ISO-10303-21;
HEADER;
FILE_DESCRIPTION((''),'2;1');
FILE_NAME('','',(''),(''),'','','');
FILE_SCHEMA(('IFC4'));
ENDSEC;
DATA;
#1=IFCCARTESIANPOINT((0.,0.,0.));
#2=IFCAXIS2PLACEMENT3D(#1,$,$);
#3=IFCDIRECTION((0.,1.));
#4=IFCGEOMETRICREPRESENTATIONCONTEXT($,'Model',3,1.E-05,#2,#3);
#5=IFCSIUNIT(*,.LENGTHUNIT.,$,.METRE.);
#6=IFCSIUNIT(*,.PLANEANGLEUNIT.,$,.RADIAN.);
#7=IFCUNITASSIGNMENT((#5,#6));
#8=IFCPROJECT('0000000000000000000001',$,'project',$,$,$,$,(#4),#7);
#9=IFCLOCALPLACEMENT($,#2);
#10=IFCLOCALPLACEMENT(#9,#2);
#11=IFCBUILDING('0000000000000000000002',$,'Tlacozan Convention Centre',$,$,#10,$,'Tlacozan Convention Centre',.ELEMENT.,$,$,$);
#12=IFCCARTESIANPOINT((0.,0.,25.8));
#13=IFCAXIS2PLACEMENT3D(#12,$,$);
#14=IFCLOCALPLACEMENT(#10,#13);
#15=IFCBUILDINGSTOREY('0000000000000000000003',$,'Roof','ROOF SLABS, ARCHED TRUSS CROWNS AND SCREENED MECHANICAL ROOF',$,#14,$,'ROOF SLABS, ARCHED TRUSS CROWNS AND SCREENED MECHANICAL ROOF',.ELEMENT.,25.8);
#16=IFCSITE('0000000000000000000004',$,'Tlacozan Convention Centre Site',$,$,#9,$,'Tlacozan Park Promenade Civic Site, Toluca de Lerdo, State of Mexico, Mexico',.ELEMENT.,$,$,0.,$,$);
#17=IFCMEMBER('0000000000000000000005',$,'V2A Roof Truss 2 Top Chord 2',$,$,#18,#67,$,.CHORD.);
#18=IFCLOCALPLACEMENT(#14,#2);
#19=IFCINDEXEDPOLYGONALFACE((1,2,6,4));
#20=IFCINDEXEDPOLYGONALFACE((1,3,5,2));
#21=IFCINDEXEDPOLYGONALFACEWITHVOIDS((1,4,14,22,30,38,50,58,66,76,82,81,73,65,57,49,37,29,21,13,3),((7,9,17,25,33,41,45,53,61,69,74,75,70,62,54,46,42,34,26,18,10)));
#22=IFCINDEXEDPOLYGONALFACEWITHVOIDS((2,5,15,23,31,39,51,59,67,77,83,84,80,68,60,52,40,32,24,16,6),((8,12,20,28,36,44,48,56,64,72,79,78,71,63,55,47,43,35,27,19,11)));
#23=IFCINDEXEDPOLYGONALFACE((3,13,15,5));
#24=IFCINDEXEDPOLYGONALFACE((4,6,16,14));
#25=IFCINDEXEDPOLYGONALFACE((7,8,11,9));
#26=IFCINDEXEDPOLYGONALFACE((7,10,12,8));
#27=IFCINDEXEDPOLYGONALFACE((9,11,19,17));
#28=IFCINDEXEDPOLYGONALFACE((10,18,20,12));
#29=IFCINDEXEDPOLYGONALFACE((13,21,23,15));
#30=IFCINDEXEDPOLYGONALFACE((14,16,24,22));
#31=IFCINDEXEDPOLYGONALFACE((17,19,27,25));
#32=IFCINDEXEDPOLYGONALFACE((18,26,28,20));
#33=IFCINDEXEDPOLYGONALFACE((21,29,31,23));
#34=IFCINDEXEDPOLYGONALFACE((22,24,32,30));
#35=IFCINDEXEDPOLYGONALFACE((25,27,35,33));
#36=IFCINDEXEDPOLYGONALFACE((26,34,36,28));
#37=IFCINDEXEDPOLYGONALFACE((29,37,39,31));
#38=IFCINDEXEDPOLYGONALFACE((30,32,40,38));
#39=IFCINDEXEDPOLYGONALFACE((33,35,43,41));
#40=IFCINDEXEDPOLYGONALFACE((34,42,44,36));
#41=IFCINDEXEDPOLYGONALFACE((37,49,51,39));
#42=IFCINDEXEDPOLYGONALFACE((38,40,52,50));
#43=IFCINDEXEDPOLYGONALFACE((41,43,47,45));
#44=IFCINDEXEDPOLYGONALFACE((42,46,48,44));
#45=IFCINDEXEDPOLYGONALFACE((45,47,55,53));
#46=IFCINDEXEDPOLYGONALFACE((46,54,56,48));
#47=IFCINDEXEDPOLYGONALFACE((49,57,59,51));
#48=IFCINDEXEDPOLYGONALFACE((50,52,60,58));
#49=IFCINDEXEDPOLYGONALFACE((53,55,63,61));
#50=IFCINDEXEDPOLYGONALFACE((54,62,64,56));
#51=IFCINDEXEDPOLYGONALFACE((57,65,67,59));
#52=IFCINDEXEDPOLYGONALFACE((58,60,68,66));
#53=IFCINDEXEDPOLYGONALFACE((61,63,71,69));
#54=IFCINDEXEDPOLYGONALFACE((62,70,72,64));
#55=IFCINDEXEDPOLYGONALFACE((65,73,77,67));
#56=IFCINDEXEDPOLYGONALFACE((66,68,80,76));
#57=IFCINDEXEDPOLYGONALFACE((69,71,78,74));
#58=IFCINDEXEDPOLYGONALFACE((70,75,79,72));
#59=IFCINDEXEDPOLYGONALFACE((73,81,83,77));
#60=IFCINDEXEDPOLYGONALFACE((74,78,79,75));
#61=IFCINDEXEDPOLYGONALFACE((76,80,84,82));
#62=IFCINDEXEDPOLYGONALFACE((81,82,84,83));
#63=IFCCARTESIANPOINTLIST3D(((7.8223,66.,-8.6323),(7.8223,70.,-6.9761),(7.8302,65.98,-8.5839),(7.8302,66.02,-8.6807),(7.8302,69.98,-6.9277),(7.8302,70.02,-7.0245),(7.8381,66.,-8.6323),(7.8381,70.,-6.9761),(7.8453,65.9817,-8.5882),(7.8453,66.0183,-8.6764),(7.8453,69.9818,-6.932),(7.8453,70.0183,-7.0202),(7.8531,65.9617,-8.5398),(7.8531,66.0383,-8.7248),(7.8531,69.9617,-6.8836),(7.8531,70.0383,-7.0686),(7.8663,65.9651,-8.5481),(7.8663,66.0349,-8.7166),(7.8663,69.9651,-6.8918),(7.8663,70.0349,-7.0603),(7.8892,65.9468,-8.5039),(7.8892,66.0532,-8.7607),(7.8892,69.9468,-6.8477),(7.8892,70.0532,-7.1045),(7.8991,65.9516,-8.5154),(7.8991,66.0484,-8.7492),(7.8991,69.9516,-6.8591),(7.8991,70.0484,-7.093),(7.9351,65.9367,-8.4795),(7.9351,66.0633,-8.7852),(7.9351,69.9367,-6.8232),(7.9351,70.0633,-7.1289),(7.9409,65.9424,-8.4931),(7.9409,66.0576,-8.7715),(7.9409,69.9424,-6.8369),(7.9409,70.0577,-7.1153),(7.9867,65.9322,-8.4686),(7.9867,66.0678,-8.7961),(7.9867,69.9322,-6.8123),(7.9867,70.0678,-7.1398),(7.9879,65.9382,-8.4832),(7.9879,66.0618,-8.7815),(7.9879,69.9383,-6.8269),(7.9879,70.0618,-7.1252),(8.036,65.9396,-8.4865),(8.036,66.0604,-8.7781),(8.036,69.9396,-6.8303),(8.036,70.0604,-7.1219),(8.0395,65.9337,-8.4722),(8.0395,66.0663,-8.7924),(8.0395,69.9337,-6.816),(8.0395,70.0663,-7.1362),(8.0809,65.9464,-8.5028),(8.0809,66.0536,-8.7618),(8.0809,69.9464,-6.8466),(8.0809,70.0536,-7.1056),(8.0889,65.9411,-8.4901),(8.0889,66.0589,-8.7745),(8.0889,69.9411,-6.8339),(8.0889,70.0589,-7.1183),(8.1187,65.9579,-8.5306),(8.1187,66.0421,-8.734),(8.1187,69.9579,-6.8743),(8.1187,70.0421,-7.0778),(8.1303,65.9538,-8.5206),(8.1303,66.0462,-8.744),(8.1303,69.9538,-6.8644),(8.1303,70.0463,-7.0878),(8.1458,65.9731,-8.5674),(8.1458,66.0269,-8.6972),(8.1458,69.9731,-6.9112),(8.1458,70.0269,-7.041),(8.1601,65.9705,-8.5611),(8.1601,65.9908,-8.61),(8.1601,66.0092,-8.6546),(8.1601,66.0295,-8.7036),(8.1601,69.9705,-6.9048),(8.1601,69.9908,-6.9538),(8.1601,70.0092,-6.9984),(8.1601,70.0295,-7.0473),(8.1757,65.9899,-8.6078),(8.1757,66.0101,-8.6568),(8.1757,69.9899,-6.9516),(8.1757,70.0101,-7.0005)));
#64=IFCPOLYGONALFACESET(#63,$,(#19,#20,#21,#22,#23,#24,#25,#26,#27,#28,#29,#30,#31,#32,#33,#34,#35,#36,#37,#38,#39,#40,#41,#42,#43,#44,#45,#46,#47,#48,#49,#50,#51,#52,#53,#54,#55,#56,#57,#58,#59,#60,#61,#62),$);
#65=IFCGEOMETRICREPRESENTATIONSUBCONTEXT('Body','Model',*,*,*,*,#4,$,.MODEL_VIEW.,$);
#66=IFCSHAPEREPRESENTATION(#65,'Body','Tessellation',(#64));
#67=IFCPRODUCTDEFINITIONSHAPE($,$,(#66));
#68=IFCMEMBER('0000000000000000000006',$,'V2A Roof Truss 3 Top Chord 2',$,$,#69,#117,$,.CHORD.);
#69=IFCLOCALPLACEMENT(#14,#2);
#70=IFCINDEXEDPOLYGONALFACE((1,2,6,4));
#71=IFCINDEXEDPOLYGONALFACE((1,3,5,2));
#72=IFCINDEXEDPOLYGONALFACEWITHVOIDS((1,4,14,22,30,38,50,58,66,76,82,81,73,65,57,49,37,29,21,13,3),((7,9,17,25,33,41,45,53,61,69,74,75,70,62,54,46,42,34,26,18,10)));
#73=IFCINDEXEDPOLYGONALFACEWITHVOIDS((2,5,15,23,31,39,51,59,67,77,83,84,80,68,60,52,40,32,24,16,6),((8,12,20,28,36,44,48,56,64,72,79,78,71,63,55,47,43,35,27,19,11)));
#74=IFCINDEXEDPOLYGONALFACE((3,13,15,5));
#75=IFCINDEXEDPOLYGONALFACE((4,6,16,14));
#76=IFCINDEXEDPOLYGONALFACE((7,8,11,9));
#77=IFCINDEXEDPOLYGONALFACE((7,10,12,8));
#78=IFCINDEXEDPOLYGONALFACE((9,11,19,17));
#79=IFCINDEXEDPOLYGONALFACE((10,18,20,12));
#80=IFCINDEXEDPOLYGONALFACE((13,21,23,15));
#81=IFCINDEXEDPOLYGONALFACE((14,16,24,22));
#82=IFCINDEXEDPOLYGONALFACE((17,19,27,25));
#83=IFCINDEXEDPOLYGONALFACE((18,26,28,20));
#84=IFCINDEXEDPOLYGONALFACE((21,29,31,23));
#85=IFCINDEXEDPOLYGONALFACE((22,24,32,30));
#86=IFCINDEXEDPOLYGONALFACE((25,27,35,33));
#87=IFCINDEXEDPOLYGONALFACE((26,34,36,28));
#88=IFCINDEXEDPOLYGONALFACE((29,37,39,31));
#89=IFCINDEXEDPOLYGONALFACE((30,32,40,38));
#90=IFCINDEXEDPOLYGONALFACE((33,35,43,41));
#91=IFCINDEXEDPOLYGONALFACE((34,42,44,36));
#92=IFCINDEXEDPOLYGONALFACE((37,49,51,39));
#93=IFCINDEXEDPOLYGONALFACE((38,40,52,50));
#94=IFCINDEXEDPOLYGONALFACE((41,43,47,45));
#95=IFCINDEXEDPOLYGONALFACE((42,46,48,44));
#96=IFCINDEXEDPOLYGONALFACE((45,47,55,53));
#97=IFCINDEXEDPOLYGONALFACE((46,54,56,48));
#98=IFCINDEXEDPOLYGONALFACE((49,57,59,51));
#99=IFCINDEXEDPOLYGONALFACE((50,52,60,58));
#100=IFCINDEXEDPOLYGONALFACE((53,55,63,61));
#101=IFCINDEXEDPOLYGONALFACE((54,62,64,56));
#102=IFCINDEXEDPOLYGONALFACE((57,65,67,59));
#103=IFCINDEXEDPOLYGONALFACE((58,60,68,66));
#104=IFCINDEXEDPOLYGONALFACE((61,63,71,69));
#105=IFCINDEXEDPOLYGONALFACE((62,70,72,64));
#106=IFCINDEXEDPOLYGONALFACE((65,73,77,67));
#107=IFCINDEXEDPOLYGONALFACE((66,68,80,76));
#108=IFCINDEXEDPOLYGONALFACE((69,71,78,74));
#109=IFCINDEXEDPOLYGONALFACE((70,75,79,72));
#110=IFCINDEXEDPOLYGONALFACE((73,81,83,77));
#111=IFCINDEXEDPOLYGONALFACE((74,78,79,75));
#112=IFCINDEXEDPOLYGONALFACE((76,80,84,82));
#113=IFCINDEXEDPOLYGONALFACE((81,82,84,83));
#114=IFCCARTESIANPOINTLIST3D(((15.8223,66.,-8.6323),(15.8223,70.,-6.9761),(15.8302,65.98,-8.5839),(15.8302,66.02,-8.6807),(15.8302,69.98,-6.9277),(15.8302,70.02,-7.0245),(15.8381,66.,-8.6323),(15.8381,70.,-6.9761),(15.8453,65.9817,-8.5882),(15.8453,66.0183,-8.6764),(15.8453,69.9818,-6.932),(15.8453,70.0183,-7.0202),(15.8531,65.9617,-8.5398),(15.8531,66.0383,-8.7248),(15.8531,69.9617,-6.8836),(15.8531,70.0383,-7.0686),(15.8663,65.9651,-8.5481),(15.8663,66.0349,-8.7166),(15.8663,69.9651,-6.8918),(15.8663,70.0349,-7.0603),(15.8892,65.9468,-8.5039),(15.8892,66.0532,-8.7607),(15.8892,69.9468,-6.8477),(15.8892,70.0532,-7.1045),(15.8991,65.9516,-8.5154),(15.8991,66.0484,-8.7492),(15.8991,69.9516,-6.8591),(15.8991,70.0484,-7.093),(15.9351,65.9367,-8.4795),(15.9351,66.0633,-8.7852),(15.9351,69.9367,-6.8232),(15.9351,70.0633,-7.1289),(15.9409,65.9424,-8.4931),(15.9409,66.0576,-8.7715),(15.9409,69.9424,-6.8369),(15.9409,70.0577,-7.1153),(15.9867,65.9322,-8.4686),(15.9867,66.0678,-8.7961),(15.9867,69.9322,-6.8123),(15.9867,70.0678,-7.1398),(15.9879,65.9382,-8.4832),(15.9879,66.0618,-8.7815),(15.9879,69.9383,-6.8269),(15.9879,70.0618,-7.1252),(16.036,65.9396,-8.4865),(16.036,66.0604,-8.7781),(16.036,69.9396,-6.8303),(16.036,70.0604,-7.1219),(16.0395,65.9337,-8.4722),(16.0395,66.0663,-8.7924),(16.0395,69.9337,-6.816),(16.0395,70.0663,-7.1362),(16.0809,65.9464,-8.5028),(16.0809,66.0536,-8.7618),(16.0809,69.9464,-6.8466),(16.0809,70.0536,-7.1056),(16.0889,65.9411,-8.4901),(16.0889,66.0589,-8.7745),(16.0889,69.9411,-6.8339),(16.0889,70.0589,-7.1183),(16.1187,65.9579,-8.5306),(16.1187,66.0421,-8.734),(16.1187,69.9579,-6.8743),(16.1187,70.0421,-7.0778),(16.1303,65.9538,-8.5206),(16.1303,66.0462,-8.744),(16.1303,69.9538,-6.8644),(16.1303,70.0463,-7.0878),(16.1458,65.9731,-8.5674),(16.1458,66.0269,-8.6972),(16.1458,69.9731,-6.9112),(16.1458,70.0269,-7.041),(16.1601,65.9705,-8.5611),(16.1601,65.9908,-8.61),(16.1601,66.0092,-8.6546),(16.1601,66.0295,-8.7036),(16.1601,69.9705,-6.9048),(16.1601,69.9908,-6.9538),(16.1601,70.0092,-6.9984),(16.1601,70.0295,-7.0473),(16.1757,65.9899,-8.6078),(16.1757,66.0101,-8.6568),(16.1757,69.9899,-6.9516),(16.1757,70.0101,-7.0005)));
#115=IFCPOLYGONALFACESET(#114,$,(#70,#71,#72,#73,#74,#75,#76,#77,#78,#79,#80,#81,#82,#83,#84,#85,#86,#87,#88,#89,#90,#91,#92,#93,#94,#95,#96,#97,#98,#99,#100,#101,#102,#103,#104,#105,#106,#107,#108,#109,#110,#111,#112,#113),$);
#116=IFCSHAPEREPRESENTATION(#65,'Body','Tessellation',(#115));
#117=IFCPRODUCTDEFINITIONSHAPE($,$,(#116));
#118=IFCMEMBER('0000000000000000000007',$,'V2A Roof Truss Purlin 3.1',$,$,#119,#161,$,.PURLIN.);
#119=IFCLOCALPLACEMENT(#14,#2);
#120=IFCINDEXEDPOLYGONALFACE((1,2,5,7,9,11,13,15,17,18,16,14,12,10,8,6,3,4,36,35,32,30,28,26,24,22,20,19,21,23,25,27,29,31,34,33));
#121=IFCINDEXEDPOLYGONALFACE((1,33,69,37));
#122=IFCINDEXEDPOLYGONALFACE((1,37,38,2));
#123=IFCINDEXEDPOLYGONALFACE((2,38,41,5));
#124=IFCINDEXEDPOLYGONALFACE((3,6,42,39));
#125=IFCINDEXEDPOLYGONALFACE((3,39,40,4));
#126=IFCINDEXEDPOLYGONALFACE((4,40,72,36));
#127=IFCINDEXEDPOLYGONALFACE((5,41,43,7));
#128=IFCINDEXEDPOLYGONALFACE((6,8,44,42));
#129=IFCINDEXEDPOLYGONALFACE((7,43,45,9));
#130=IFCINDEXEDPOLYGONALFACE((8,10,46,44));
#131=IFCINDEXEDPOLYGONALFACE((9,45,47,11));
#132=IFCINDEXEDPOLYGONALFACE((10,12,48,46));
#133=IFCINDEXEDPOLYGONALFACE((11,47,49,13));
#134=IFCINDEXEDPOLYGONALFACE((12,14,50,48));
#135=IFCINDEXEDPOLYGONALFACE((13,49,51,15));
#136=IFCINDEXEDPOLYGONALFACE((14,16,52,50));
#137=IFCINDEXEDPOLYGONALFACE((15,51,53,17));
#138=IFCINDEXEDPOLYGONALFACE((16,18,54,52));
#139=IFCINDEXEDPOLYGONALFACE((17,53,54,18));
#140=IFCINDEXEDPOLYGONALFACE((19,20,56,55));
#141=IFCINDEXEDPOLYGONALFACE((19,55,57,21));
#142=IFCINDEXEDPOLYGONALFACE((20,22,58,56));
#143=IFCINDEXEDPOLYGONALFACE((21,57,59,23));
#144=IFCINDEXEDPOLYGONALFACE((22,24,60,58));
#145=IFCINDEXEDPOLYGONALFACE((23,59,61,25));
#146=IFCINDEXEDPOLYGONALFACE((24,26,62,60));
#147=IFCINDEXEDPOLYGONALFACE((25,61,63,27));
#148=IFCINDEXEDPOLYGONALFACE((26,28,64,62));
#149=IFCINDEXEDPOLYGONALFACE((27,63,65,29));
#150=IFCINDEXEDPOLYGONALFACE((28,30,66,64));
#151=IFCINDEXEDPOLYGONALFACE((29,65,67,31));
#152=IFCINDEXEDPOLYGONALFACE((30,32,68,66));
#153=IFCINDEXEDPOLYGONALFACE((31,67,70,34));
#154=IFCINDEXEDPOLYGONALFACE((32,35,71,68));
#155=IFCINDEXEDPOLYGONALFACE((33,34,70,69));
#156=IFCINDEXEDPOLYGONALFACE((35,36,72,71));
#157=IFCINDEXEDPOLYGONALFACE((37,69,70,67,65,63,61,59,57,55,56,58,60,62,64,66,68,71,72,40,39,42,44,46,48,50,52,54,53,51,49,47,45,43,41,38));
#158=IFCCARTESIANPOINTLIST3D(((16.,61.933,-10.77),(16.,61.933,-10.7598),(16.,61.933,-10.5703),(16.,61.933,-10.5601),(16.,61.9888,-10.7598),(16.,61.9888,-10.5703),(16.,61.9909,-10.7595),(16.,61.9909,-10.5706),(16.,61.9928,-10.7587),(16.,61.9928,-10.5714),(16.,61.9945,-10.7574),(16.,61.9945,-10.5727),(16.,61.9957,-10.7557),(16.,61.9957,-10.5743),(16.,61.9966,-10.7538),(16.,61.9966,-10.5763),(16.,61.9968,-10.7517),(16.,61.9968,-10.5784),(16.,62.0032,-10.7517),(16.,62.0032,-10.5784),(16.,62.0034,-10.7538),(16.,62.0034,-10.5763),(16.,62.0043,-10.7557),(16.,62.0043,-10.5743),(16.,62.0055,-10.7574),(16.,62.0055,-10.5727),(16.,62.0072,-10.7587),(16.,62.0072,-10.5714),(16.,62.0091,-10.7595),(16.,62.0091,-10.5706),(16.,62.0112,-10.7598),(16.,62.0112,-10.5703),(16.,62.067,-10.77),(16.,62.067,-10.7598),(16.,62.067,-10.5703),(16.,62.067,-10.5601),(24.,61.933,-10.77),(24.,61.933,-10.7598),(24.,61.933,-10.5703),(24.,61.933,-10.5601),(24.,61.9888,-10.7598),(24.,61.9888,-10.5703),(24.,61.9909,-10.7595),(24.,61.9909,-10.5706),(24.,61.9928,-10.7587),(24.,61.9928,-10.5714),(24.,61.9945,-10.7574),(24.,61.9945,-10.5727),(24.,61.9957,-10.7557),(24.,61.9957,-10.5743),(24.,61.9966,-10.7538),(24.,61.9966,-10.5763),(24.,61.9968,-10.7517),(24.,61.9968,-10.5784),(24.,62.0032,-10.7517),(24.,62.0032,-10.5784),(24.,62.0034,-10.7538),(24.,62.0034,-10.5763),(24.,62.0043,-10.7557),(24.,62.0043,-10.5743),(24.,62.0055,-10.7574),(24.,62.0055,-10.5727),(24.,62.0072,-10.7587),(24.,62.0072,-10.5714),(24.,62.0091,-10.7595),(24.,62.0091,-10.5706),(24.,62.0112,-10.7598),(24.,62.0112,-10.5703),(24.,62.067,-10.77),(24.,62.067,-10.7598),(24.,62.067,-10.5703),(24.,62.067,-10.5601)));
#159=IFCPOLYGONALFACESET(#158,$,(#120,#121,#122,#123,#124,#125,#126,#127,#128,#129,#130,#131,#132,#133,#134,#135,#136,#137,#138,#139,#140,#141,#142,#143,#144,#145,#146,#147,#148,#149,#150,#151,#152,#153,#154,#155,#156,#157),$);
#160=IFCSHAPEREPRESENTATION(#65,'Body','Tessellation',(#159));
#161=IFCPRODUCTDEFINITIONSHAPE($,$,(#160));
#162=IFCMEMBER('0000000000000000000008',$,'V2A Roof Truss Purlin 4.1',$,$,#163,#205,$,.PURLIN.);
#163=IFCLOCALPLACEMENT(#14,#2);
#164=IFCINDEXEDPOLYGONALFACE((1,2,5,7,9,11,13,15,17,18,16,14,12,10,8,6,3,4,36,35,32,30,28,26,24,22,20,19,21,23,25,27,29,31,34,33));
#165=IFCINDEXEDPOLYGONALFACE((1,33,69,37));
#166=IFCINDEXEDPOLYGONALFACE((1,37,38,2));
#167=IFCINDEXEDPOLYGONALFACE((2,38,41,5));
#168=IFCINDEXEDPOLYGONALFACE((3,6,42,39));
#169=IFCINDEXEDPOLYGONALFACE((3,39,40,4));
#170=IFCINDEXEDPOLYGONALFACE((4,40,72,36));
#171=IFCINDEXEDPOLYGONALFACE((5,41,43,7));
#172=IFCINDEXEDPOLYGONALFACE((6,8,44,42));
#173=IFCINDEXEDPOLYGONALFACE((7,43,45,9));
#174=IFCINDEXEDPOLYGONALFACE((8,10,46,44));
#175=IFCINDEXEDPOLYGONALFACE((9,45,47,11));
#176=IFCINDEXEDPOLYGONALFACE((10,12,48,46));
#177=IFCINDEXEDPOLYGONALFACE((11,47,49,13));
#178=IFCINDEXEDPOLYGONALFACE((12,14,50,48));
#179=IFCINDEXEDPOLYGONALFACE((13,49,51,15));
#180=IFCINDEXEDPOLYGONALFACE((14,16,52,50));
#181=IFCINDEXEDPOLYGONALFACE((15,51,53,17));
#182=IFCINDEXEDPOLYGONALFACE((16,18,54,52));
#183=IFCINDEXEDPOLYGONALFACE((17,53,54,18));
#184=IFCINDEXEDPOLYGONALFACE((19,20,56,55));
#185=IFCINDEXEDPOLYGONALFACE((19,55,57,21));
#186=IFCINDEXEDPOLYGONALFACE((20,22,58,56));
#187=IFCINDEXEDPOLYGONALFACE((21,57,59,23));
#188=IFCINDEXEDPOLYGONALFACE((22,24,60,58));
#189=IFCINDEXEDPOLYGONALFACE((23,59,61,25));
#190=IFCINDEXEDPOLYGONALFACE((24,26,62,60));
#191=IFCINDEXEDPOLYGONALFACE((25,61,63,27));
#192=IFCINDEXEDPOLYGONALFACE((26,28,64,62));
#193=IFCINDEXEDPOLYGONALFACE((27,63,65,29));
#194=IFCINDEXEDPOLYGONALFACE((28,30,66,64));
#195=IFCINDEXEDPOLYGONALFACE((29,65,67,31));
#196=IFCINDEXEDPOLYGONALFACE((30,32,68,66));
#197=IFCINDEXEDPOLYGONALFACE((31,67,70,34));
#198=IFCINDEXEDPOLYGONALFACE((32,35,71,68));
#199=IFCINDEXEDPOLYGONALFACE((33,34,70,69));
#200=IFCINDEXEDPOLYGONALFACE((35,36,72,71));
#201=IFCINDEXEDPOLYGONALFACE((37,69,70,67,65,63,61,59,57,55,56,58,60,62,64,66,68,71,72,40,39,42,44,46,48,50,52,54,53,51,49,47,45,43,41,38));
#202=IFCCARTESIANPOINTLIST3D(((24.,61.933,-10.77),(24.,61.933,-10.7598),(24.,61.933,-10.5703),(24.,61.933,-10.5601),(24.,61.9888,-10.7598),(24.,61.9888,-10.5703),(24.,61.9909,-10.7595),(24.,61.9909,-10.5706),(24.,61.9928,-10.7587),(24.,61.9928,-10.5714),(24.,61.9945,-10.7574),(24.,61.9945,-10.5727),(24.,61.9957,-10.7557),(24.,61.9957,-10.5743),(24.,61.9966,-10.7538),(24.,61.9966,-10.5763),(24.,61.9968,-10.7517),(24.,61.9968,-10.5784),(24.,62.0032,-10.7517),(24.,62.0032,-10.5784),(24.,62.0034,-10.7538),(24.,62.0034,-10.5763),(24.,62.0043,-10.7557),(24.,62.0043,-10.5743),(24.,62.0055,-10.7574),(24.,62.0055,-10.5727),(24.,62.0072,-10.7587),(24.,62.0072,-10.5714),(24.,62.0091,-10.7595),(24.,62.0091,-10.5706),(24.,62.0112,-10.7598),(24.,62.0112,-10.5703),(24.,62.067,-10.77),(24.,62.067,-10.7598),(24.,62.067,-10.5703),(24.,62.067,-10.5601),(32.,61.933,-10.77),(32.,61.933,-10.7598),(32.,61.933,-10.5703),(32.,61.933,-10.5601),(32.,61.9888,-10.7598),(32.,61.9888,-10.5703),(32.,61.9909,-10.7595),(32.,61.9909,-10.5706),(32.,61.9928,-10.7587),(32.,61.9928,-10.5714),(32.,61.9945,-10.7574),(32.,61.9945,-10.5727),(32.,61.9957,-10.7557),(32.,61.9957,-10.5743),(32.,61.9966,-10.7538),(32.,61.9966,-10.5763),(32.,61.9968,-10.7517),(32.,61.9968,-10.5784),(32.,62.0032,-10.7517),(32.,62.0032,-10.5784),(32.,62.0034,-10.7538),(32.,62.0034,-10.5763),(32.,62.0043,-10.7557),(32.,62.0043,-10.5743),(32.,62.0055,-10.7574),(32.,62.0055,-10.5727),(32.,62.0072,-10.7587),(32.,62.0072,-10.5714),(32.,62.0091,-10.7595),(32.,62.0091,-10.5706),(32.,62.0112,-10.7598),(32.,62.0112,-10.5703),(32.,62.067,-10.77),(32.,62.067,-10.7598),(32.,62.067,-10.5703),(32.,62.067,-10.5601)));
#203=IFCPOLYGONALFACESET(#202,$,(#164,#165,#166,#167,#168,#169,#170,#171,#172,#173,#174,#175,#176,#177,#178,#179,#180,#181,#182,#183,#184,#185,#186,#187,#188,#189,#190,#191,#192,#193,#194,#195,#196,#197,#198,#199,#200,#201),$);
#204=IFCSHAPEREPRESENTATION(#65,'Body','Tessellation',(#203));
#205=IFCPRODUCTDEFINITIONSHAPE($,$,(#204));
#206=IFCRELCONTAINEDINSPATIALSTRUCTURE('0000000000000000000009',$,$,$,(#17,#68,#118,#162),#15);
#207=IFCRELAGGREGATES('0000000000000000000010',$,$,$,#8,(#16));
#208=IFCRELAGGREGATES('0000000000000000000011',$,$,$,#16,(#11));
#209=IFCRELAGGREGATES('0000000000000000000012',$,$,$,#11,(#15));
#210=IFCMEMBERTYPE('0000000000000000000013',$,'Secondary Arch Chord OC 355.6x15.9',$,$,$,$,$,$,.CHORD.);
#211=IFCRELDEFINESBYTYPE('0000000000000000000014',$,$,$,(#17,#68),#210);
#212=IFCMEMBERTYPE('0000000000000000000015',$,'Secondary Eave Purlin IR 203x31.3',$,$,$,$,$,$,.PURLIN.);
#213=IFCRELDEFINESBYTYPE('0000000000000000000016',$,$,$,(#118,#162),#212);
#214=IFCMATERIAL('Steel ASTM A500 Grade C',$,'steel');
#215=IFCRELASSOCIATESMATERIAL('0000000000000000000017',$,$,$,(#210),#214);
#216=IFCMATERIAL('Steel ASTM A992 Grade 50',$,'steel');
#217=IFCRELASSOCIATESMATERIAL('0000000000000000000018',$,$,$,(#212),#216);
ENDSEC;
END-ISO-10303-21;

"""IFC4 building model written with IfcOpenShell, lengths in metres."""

from ifc_helpers import new_model, si_unit, direction, frame, origin, origin_2d, place, context, subcontext, project, spatial, hollow_circle, i_section, extrude, material, material_profile, profile_set, type_object, element, save


model = new_model("IFC4")

# Units and contexts
model_context = context("Model", 3, precision=1e-05, world=origin(), true_north=direction((0.0, 1.0)))
body_context = subcontext(model_context, "Body", "Model", "MODEL_VIEW")
ifc_project = project(units=[si_unit("LENGTHUNIT", "METRE"), si_unit("PLANEANGLEUNIT", "RADIAN")], contexts=[model_context])

# Site, building, storey
site_placement = place(None, origin())
site = spatial("IfcSite", under=ifc_project, at=site_placement, Name="Tlacozan Convention Centre Site", LongName="Tlacozan Park Promenade Civic Site, Toluca de Lerdo, State of Mexico, Mexico", CompositionType="ELEMENT", RefElevation=0.0)
building_placement = place(site_placement, origin())
building = spatial("IfcBuilding", under=site, at=building_placement, Name="Tlacozan Convention Centre", LongName="Tlacozan Convention Centre", CompositionType="ELEMENT")
storey_placement = place(building_placement, frame((0.0, 0.0, 25.8)))
storey = spatial("IfcBuildingStorey", under=building, at=storey_placement, Name="Roof", Description="ROOF SLABS, ARCHED TRUSS CROWNS AND SCREENED MECHANICAL ROOF", LongName="ROOF SLABS, ARCHED TRUSS CROWNS AND SCREENED MECHANICAL ROOF", CompositionType="ELEMENT", Elevation=25.8)

# Members
ifc_material_1 = material(Name="Steel ASTM A500 Grade C", Category="steel")
ifc_material_profile_1 = material_profile(ifc_material_1, hollow_circle(Radius=0.1777, WallThickness=0.0159, at=origin_2d()), Name="OC 355.6x15.9")
ifc_profile_set_1 = profile_set([ifc_material_profile_1], Name="Steel ASTM A500 Grade C")
member_type_1 = type_object("IfcMemberType", Name="Secondary Arch Chord OC 355.6x15.9", PredefinedType="CHORD", material=ifc_profile_set_1)
for number, where, z_axis, x_axis, name in (
    (1, (8.0, 66.0, -8.6323), (0.0, 0.923929, 0.382564), (-1.0, 0.0, 0.0), "V2A Roof Truss 2 Top Chord 2"),
    (2, (16.0, 66.0, -8.6323), (0.0, 0.923929, 0.382564), (-1.0, 0.0, 0.0), "V2A Roof Truss 3 Top Chord 2"),
):
    element("IfcMember", number, at=place(storey_placement, frame(where, z_axis=z_axis, x_axis=x_axis)), inside=storey, type_object=member_type_1, Name=name, PredefinedType="CHORD", context=body_context, shape_type="SweptSolid", body=[
        extrude(hollow_circle(Radius=0.1777, WallThickness=0.0159, at=origin_2d()), origin(), (0.0, 0.0, 1.0), 4.3293),
    ])
ifc_material_2 = material(Name="Steel ASTM A992 Grade 50", Category="steel")
ifc_material_profile_2 = material_profile(ifc_material_2, i_section(OverallWidth=0.134, OverallDepth=0.21, WebThickness=0.0063, FlangeThickness=0.0103, FilletRadius=0.0081, at=origin_2d()), Name="IR 203x31.3")
ifc_profile_set_2 = profile_set([ifc_material_profile_2], Name="Steel ASTM A992 Grade 50")
member_type_2 = type_object("IfcMemberType", Name="Secondary Eave Purlin IR 203x31.3", PredefinedType="PURLIN", material=ifc_profile_set_2)
for number, where, z_axis, x_axis, name in (
    (3, (16.0, 62.0, -10.665), (1.0, 0.0, 0.0), (0.0, 1.0, 0.0), "V2A Roof Truss Purlin 3.1"),
    (4, (24.0, 62.0, -10.665), (1.0, 0.0, 0.0), (0.0, 1.0, 0.0), "V2A Roof Truss Purlin 4.1"),
):
    element("IfcMember", number, at=place(storey_placement, frame(where, z_axis=z_axis, x_axis=x_axis)), inside=storey, type_object=member_type_2, Name=name, PredefinedType="PURLIN", context=body_context, shape_type="SweptSolid", body=[
        extrude(i_section(OverallWidth=0.134, OverallDepth=0.21, WebThickness=0.0063, FlangeThickness=0.0103, FilletRadius=0.0081, at=origin_2d()), origin(), (0.0, 0.0, 1.0), 8.0),
    ])

save(model, "model.ifc")
